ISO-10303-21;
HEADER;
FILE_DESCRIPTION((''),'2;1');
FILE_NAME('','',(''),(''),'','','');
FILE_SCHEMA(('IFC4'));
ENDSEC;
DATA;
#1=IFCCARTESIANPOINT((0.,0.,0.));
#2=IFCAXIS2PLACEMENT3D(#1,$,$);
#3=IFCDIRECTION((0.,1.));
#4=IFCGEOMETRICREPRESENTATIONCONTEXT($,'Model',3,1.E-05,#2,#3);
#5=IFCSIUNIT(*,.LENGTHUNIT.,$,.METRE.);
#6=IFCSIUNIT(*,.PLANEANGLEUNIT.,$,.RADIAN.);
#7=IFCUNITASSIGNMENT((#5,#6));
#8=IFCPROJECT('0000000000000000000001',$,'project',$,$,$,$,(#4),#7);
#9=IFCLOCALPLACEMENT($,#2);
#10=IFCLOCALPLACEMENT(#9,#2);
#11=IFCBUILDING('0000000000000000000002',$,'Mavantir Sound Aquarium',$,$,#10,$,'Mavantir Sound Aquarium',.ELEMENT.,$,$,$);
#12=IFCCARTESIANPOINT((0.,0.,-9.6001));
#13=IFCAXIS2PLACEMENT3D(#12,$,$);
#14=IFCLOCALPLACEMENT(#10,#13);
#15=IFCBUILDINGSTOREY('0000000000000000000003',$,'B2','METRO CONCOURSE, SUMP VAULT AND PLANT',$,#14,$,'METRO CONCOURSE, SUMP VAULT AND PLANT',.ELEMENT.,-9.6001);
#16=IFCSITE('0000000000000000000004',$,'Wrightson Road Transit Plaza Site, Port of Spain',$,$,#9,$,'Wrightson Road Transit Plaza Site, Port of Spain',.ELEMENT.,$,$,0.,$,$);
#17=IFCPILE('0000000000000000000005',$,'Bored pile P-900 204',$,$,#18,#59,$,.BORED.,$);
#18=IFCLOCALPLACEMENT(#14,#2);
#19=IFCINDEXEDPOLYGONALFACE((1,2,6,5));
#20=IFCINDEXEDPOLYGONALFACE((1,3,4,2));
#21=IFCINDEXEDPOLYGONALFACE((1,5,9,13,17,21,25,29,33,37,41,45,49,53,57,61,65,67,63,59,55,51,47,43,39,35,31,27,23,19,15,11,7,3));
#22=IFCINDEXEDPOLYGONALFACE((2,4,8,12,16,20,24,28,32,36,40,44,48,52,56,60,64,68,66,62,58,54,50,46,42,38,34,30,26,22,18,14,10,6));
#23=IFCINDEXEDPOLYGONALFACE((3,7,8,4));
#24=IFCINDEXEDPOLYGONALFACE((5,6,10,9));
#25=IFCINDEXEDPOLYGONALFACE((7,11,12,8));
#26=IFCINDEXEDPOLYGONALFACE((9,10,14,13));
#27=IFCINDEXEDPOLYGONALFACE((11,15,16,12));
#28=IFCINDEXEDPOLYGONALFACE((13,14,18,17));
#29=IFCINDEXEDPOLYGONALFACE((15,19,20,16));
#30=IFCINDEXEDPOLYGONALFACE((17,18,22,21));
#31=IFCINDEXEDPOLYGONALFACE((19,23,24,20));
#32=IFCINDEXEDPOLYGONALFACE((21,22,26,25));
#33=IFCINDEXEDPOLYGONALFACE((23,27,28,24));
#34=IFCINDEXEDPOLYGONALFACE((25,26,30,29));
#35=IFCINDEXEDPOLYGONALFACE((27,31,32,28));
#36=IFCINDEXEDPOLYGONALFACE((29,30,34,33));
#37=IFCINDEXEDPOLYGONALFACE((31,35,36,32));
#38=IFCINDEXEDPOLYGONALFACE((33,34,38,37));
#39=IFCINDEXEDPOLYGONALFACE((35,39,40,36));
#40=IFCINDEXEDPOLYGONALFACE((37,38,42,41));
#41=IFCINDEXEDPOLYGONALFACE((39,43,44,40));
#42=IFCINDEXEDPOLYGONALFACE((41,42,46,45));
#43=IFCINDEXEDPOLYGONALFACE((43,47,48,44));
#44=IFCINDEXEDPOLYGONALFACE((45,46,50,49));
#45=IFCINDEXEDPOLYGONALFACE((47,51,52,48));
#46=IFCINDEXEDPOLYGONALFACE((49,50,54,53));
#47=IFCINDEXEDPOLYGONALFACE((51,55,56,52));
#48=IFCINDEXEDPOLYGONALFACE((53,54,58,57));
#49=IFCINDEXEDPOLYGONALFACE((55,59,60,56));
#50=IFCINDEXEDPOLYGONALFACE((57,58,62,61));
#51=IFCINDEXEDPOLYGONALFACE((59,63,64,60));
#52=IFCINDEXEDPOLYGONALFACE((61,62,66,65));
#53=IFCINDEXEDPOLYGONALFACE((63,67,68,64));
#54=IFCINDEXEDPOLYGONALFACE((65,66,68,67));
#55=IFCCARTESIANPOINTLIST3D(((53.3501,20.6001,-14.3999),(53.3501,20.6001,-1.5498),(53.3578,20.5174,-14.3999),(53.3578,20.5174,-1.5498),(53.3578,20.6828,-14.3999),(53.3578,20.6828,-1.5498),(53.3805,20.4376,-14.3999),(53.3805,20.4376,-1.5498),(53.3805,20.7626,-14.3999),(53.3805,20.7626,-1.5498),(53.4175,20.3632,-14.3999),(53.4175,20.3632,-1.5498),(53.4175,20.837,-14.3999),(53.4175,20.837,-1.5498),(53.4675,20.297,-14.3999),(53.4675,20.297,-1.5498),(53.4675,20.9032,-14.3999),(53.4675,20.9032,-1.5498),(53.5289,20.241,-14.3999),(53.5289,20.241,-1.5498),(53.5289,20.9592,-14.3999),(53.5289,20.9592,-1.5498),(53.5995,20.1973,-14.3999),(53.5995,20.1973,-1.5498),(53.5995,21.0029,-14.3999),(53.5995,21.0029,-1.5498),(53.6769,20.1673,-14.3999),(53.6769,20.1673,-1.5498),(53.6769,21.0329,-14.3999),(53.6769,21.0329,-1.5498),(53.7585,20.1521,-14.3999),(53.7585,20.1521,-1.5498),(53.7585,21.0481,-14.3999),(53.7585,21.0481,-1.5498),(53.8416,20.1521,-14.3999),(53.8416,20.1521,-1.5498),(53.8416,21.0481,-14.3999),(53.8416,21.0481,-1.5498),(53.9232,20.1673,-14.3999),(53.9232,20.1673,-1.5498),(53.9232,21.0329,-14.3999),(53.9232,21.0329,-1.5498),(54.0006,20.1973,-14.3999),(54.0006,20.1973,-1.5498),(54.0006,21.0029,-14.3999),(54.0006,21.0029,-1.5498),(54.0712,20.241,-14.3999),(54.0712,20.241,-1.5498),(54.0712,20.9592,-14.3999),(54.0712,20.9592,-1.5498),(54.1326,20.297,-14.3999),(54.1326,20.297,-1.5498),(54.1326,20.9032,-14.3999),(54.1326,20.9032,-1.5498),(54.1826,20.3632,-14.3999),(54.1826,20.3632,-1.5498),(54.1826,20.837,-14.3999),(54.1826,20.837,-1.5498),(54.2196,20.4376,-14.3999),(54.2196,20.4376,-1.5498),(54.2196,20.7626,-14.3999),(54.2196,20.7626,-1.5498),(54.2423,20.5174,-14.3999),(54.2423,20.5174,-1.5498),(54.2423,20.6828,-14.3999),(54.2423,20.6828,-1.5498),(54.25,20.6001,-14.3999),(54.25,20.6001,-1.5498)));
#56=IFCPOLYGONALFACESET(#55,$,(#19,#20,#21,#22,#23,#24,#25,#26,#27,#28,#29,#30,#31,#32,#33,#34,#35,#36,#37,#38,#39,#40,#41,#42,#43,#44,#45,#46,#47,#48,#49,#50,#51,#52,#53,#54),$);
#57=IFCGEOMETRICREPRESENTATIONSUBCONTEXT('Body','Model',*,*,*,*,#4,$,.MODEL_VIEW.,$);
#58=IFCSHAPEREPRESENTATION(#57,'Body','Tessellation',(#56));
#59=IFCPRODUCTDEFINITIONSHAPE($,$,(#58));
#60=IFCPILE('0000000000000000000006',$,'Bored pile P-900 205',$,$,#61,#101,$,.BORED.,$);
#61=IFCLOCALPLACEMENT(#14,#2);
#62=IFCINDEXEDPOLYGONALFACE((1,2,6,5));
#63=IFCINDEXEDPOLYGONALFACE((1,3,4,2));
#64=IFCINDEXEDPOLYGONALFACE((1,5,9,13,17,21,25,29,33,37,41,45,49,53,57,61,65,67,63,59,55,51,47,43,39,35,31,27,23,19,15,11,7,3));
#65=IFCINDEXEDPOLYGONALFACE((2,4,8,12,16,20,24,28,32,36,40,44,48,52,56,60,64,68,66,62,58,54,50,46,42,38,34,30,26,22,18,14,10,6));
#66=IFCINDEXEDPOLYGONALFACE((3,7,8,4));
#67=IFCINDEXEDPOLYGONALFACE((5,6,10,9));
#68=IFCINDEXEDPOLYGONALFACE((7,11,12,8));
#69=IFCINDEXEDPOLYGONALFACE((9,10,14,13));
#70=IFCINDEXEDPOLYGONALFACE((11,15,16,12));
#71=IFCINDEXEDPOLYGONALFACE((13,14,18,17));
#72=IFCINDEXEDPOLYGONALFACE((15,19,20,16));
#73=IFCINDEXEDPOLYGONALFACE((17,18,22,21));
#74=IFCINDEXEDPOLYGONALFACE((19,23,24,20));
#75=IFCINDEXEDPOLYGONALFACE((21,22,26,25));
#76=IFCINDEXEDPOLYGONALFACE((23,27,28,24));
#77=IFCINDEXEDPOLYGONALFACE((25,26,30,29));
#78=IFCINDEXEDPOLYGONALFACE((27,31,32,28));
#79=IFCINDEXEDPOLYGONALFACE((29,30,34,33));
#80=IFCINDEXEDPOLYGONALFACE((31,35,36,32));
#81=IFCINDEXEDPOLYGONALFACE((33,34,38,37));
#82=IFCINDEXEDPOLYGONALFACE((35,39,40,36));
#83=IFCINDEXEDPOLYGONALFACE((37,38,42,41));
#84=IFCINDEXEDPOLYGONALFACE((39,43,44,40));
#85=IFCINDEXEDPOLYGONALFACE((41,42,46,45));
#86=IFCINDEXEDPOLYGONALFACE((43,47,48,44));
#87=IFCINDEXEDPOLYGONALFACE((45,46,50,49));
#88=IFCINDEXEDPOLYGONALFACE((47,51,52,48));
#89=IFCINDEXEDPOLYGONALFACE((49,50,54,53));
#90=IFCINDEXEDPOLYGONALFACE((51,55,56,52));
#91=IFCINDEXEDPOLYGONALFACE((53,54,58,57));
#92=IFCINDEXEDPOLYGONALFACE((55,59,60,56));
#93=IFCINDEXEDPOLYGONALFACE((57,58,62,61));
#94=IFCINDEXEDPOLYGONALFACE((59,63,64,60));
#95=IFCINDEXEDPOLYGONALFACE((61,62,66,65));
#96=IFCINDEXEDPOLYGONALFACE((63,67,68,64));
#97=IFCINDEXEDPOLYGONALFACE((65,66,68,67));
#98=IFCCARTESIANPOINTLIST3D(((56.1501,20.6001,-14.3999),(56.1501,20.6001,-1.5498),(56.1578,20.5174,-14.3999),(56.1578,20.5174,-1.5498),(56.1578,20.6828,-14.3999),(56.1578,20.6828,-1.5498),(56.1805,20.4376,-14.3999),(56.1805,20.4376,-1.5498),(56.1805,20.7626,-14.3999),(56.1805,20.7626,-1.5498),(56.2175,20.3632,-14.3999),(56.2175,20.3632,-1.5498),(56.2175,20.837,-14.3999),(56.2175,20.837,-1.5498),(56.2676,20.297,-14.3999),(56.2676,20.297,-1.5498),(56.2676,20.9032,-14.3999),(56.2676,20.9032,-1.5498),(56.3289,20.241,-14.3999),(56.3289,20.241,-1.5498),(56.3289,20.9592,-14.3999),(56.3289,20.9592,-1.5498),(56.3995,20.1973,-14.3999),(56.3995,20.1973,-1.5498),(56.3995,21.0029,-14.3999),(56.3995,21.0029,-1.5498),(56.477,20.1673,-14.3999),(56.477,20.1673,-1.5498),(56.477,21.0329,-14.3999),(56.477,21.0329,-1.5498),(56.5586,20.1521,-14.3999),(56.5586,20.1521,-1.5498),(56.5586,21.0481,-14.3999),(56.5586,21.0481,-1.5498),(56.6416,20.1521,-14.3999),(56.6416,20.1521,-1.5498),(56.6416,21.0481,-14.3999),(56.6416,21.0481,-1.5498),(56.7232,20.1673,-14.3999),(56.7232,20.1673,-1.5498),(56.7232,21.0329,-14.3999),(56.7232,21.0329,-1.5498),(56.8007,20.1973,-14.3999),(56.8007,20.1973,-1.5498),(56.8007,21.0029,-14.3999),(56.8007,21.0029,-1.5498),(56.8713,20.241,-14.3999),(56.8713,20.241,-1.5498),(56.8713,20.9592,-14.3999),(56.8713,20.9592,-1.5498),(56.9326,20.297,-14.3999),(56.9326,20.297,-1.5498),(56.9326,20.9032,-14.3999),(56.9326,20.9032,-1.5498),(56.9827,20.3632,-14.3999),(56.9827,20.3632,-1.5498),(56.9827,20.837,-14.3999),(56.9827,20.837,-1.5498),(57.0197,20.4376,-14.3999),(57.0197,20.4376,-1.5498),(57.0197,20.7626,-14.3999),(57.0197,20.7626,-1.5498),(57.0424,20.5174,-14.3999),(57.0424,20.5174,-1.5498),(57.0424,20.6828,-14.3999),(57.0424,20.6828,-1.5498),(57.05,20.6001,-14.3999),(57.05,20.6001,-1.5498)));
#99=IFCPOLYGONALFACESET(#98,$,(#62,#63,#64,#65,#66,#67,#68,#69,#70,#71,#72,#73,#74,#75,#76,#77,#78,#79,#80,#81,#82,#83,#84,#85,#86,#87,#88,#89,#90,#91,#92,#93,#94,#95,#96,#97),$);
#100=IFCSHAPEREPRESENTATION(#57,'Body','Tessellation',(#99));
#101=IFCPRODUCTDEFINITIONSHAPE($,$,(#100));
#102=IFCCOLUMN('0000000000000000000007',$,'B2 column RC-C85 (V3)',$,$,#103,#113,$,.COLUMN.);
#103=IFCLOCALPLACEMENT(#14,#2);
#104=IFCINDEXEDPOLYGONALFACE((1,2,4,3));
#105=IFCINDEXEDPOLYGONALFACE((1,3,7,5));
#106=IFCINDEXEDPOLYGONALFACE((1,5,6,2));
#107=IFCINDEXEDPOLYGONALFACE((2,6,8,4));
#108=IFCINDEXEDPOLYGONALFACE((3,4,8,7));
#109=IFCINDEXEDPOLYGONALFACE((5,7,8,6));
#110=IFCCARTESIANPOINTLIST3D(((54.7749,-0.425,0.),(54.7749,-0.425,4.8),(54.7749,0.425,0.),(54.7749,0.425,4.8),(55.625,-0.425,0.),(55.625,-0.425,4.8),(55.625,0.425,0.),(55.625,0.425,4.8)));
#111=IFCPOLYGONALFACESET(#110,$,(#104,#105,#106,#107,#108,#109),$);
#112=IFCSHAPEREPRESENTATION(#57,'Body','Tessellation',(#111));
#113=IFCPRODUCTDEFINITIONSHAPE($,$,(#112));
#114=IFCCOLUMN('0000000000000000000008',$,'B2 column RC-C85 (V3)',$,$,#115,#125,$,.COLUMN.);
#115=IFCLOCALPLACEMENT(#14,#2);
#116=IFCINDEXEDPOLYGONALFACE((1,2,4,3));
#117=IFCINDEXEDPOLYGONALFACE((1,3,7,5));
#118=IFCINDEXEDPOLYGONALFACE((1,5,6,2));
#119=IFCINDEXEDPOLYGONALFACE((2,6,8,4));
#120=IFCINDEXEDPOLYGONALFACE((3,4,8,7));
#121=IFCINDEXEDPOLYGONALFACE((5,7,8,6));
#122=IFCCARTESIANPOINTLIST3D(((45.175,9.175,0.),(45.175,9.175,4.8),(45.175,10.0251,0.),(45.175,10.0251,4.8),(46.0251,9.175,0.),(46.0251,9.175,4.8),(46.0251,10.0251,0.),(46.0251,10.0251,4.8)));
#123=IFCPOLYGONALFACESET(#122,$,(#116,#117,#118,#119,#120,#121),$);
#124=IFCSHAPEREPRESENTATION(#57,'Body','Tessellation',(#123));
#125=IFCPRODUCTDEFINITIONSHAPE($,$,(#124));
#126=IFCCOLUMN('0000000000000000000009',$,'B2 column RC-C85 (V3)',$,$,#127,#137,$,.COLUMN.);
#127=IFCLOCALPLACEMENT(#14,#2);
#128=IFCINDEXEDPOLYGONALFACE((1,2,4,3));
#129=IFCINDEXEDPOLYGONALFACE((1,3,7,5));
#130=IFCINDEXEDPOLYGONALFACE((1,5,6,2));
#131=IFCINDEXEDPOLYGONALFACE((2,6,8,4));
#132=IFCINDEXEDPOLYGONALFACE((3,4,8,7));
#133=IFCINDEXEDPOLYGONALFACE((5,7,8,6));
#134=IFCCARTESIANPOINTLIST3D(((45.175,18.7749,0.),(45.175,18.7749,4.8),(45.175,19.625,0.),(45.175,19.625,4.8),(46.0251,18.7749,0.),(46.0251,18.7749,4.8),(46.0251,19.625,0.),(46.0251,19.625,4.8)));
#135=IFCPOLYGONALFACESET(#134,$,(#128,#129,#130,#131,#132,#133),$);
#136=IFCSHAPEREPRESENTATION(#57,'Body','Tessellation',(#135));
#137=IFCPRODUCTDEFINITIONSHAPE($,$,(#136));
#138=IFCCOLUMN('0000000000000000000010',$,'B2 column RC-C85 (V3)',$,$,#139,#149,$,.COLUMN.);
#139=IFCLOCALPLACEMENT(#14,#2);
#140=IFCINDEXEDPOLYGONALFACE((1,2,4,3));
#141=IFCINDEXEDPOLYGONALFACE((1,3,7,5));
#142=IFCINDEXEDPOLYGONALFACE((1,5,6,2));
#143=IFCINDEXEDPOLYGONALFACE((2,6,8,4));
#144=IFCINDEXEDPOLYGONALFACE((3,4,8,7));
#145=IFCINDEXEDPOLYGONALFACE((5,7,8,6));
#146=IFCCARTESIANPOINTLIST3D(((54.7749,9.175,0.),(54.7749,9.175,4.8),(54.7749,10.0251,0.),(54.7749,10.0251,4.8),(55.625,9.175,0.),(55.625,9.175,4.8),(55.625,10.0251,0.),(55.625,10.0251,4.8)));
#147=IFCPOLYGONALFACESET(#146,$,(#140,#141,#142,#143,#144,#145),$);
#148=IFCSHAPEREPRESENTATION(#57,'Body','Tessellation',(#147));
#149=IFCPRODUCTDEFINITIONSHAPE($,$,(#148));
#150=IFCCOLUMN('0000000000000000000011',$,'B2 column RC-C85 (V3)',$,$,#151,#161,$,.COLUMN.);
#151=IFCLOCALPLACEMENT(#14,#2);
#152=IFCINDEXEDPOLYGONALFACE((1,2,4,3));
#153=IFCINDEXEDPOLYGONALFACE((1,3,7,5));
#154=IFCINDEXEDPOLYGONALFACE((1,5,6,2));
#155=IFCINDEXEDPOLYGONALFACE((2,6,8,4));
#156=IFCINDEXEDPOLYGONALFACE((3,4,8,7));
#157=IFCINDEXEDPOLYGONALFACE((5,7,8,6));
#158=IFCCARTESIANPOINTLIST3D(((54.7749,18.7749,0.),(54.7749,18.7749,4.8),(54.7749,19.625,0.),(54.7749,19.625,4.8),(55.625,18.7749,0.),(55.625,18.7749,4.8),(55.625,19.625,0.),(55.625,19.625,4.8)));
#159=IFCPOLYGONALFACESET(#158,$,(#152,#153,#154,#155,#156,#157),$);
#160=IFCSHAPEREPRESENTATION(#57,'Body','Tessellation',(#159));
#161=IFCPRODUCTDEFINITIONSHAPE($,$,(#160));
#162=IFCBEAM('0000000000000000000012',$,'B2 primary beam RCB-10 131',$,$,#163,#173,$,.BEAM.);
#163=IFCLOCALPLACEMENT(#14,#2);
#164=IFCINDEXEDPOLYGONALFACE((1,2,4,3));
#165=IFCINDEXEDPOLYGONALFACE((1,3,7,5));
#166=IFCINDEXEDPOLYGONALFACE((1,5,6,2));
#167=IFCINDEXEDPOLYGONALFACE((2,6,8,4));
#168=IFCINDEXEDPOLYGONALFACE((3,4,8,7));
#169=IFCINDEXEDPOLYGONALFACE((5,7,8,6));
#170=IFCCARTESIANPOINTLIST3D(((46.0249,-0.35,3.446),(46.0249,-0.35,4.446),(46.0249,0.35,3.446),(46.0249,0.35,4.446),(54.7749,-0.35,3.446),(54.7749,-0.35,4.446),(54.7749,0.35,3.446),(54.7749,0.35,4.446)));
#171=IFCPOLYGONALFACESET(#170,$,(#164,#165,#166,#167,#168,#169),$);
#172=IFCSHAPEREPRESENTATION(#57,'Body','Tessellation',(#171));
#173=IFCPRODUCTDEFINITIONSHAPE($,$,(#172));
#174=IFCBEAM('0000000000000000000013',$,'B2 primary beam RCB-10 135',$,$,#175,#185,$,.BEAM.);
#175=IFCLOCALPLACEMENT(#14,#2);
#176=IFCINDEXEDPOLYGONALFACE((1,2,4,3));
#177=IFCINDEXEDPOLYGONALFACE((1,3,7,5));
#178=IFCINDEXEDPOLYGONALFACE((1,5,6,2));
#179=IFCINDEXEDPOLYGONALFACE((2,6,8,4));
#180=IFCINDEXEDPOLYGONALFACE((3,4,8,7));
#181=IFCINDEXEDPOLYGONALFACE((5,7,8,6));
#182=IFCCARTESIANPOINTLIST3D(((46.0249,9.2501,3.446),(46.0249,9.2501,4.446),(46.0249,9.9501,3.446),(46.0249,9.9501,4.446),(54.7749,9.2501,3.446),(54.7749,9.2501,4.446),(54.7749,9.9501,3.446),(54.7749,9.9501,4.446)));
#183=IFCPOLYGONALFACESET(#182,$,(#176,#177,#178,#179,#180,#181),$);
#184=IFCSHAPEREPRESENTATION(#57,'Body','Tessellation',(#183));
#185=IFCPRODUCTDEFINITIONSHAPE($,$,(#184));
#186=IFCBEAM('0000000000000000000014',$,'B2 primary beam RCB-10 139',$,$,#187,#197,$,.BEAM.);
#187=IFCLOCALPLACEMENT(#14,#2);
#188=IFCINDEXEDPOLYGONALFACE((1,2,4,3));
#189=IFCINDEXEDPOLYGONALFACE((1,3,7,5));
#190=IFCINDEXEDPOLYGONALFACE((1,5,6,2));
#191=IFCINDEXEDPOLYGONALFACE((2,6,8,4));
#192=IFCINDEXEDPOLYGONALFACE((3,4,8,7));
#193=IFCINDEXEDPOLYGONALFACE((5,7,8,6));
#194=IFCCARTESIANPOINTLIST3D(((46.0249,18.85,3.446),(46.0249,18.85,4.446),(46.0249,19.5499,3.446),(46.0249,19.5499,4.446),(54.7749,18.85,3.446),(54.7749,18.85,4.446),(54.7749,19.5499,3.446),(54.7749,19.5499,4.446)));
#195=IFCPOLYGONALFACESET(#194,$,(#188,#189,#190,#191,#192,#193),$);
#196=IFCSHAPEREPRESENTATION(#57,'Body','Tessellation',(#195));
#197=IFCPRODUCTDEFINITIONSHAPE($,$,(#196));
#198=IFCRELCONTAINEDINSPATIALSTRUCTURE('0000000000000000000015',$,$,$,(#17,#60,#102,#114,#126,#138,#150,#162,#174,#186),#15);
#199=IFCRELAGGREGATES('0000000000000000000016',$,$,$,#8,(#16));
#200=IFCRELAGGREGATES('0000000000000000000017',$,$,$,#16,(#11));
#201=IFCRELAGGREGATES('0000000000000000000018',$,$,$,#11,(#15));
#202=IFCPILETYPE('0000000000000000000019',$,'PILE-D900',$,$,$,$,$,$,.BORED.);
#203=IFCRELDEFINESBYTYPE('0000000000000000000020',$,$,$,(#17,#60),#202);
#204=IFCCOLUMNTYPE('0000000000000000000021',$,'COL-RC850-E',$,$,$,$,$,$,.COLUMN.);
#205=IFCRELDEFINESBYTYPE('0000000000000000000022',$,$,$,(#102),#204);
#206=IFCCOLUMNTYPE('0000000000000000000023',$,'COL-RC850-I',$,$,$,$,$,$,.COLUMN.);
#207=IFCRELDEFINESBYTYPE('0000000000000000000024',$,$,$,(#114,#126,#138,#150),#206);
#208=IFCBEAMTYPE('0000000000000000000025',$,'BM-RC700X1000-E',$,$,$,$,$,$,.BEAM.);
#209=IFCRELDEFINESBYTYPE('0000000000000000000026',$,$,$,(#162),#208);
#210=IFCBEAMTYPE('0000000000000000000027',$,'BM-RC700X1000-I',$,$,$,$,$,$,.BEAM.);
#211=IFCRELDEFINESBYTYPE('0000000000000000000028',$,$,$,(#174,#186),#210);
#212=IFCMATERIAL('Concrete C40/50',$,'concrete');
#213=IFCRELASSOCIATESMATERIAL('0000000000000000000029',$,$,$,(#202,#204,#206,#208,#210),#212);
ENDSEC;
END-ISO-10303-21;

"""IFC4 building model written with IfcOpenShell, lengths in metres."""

from ifc_helpers import new_model, si_unit, direction, frame, origin, origin_2d, place, context, subcontext, project, spatial, rectangle, circle, extrude, material, material_profile, profile_set, type_object, element, save


model = new_model("IFC4")

# Units and contexts
model_context = context("Model", 3, precision=1e-05, world=origin(), true_north=direction((0.0, 1.0)))
body_context = subcontext(model_context, "Body", "Model", "MODEL_VIEW")
ifc_project = project(units=[si_unit("LENGTHUNIT", "METRE"), si_unit("PLANEANGLEUNIT", "RADIAN")], contexts=[model_context])

# Site, building, storey
site_placement = place(None, origin())
site = spatial("IfcSite", under=ifc_project, at=site_placement, Name="Wrightson Road Transit Plaza Site, Port of Spain", LongName="Wrightson Road Transit Plaza Site, Port of Spain", CompositionType="ELEMENT", RefElevation=0.0)
building_placement = place(site_placement, origin())
building = spatial("IfcBuilding", under=site, at=building_placement, Name="Mavantir Sound Aquarium", LongName="Mavantir Sound Aquarium", CompositionType="ELEMENT")
storey_placement = place(building_placement, frame((0.0, 0.0, -9.6001)))
storey = spatial("IfcBuildingStorey", under=building, at=storey_placement, Name="B2", Description="METRO CONCOURSE, SUMP VAULT AND PLANT", LongName="METRO CONCOURSE, SUMP VAULT AND PLANT", CompositionType="ELEMENT", Elevation=-9.6001)

# Shared definitions
ifc_material_1 = material(Name="Concrete C40/50", Category="concrete")

# Piles
ifc_material_profile_1 = material_profile(ifc_material_1, circle(Radius=0.45, at=origin_2d()), Name="PILE D900")
ifc_profile_set_1 = profile_set([ifc_material_profile_1], Name="Concrete C40/50")
pile_type = type_object("IfcPileType", Name="PILE-D900", PredefinedType="BORED", material=ifc_profile_set_1)
for number, where, z_axis, x_axis, name in (
    (1, (53.8, 20.6001, -1.5498), (0.0, 0.0, -1.0), (1.0, 0.0, 0.0), "Bored pile P-900 204"),
    (2, (56.6001, 20.6001, -1.5498), (0.0, 0.0, -1.0), (1.0, 0.0, 0.0), "Bored pile P-900 205"),
):
    element("IfcPile", number, at=place(storey_placement, frame(where, z_axis=z_axis, x_axis=x_axis)), inside=storey, type_object=pile_type, Name=name, PredefinedType="BORED", context=body_context, shape_type="SweptSolid", body=[
        extrude(circle(Radius=0.45, at=origin_2d()), origin(), (0.0, 0.0, 1.0), 12.8501),
    ])

# Columns
ifc_material_profile_2 = material_profile(ifc_material_1, rectangle(XDim=0.8501, YDim=0.8501, at=origin_2d()), Name="RC 850X850")
ifc_profile_set_2 = profile_set([ifc_material_profile_2], Name="Concrete C40/50")
column_type_1 = type_object("IfcColumnType", Name="COL-RC850-E", PredefinedType="COLUMN", material=ifc_profile_set_2)
column_placement = place(storey_placement, frame((55.2, 0.0, 0.0), z_axis=(0.0, 0.0, 1.0), x_axis=(1.0, 0.0, 0.0)))
element("IfcColumn", 3, at=column_placement, inside=storey, type_object=column_type_1, Name="B2 column RC-C85 (V3)", PredefinedType="COLUMN", context=body_context, shape_type="SweptSolid", body=[
    extrude(rectangle(XDim=0.8501, YDim=0.8501, at=origin_2d()), origin(), (0.0, 0.0, 1.0), 4.8),
])
ifc_material_profile_3 = material_profile(ifc_material_1, rectangle(XDim=0.8501, YDim=0.8501, at=origin_2d()), Name="RC 850X850")
ifc_profile_set_3 = profile_set([ifc_material_profile_3], Name="Concrete C40/50")
column_type_2 = type_object("IfcColumnType", Name="COL-RC850-I", PredefinedType="COLUMN", material=ifc_profile_set_3)
for number, where, z_axis, x_axis, name in (
    (4, (45.6001, 9.6001, 0.0), (0.0, 0.0, 1.0), (1.0, 0.0, 0.0), "B2 column RC-C85 (V3)"),
    (5, (45.6001, 19.2, 0.0), (0.0, 0.0, 1.0), (1.0, 0.0, 0.0), "B2 column RC-C85 (V3)"),
    (6, (55.2, 9.6001, 0.0), (0.0, 0.0, 1.0), (1.0, 0.0, 0.0), "B2 column RC-C85 (V3)"),
    (7, (55.2, 19.2, 0.0), (0.0, 0.0, 1.0), (1.0, 0.0, 0.0), "B2 column RC-C85 (V3)"),
):
    element("IfcColumn", number, at=place(storey_placement, frame(where, z_axis=z_axis, x_axis=x_axis)), inside=storey, type_object=column_type_2, Name=name, PredefinedType="COLUMN", context=body_context, shape_type="SweptSolid", body=[
        extrude(rectangle(XDim=0.8501, YDim=0.8501, at=origin_2d()), origin(), (0.0, 0.0, 1.0), 4.8),
    ])

# Beams
ifc_material_profile_4 = material_profile(ifc_material_1, rectangle(XDim=0.7, YDim=1.0, at=origin_2d()), Name="RC 700X1000")
ifc_profile_set_4 = profile_set([ifc_material_profile_4], Name="Concrete C40/50")
beam_type_1 = type_object("IfcBeamType", Name="BM-RC700X1000-E", PredefinedType="BEAM", material=ifc_profile_set_4)
beam_1_placement = place(storey_placement, frame((46.0249, 0.0, 3.946), z_axis=(1.0, 0.0, 0.0), x_axis=(0.0, 1.0, 0.0)))
element("IfcBeam", 8, at=beam_1_placement, inside=storey, type_object=beam_type_1, Name="B2 primary beam RCB-10 131", PredefinedType="BEAM", context=body_context, shape_type="SweptSolid", body=[
    extrude(rectangle(XDim=0.7, YDim=1.0, at=origin_2d()), origin(), (0.0, 0.0, 1.0), 8.75),
])
ifc_material_profile_5 = material_profile(ifc_material_1, rectangle(XDim=0.7, YDim=1.0, at=origin_2d()), Name="RC 700X1000")
ifc_profile_set_5 = profile_set([ifc_material_profile_5], Name="Concrete C40/50")
beam_type_2 = type_object("IfcBeamType", Name="BM-RC700X1000-I", PredefinedType="BEAM", material=ifc_profile_set_5)
for number, where, z_axis, x_axis, name in (
    (9, (46.0249, 9.6001, 3.946), (1.0, 0.0, 0.0), (0.0, 1.0, 0.0), "B2 primary beam RCB-10 135"),
    (10, (46.0249, 19.2, 3.946), (1.0, 0.0, 0.0), (0.0, 1.0, 0.0), "B2 primary beam RCB-10 139"),
):
    element("IfcBeam", number, at=place(storey_placement, frame(where, z_axis=z_axis, x_axis=x_axis)), inside=storey, type_object=beam_type_2, Name=name, PredefinedType="BEAM", context=body_context, shape_type="SweptSolid", body=[
        extrude(rectangle(XDim=0.7, YDim=1.0, at=origin_2d()), origin(), (0.0, 0.0, 1.0), 8.75),
    ])

save(model, "model.ifc")
